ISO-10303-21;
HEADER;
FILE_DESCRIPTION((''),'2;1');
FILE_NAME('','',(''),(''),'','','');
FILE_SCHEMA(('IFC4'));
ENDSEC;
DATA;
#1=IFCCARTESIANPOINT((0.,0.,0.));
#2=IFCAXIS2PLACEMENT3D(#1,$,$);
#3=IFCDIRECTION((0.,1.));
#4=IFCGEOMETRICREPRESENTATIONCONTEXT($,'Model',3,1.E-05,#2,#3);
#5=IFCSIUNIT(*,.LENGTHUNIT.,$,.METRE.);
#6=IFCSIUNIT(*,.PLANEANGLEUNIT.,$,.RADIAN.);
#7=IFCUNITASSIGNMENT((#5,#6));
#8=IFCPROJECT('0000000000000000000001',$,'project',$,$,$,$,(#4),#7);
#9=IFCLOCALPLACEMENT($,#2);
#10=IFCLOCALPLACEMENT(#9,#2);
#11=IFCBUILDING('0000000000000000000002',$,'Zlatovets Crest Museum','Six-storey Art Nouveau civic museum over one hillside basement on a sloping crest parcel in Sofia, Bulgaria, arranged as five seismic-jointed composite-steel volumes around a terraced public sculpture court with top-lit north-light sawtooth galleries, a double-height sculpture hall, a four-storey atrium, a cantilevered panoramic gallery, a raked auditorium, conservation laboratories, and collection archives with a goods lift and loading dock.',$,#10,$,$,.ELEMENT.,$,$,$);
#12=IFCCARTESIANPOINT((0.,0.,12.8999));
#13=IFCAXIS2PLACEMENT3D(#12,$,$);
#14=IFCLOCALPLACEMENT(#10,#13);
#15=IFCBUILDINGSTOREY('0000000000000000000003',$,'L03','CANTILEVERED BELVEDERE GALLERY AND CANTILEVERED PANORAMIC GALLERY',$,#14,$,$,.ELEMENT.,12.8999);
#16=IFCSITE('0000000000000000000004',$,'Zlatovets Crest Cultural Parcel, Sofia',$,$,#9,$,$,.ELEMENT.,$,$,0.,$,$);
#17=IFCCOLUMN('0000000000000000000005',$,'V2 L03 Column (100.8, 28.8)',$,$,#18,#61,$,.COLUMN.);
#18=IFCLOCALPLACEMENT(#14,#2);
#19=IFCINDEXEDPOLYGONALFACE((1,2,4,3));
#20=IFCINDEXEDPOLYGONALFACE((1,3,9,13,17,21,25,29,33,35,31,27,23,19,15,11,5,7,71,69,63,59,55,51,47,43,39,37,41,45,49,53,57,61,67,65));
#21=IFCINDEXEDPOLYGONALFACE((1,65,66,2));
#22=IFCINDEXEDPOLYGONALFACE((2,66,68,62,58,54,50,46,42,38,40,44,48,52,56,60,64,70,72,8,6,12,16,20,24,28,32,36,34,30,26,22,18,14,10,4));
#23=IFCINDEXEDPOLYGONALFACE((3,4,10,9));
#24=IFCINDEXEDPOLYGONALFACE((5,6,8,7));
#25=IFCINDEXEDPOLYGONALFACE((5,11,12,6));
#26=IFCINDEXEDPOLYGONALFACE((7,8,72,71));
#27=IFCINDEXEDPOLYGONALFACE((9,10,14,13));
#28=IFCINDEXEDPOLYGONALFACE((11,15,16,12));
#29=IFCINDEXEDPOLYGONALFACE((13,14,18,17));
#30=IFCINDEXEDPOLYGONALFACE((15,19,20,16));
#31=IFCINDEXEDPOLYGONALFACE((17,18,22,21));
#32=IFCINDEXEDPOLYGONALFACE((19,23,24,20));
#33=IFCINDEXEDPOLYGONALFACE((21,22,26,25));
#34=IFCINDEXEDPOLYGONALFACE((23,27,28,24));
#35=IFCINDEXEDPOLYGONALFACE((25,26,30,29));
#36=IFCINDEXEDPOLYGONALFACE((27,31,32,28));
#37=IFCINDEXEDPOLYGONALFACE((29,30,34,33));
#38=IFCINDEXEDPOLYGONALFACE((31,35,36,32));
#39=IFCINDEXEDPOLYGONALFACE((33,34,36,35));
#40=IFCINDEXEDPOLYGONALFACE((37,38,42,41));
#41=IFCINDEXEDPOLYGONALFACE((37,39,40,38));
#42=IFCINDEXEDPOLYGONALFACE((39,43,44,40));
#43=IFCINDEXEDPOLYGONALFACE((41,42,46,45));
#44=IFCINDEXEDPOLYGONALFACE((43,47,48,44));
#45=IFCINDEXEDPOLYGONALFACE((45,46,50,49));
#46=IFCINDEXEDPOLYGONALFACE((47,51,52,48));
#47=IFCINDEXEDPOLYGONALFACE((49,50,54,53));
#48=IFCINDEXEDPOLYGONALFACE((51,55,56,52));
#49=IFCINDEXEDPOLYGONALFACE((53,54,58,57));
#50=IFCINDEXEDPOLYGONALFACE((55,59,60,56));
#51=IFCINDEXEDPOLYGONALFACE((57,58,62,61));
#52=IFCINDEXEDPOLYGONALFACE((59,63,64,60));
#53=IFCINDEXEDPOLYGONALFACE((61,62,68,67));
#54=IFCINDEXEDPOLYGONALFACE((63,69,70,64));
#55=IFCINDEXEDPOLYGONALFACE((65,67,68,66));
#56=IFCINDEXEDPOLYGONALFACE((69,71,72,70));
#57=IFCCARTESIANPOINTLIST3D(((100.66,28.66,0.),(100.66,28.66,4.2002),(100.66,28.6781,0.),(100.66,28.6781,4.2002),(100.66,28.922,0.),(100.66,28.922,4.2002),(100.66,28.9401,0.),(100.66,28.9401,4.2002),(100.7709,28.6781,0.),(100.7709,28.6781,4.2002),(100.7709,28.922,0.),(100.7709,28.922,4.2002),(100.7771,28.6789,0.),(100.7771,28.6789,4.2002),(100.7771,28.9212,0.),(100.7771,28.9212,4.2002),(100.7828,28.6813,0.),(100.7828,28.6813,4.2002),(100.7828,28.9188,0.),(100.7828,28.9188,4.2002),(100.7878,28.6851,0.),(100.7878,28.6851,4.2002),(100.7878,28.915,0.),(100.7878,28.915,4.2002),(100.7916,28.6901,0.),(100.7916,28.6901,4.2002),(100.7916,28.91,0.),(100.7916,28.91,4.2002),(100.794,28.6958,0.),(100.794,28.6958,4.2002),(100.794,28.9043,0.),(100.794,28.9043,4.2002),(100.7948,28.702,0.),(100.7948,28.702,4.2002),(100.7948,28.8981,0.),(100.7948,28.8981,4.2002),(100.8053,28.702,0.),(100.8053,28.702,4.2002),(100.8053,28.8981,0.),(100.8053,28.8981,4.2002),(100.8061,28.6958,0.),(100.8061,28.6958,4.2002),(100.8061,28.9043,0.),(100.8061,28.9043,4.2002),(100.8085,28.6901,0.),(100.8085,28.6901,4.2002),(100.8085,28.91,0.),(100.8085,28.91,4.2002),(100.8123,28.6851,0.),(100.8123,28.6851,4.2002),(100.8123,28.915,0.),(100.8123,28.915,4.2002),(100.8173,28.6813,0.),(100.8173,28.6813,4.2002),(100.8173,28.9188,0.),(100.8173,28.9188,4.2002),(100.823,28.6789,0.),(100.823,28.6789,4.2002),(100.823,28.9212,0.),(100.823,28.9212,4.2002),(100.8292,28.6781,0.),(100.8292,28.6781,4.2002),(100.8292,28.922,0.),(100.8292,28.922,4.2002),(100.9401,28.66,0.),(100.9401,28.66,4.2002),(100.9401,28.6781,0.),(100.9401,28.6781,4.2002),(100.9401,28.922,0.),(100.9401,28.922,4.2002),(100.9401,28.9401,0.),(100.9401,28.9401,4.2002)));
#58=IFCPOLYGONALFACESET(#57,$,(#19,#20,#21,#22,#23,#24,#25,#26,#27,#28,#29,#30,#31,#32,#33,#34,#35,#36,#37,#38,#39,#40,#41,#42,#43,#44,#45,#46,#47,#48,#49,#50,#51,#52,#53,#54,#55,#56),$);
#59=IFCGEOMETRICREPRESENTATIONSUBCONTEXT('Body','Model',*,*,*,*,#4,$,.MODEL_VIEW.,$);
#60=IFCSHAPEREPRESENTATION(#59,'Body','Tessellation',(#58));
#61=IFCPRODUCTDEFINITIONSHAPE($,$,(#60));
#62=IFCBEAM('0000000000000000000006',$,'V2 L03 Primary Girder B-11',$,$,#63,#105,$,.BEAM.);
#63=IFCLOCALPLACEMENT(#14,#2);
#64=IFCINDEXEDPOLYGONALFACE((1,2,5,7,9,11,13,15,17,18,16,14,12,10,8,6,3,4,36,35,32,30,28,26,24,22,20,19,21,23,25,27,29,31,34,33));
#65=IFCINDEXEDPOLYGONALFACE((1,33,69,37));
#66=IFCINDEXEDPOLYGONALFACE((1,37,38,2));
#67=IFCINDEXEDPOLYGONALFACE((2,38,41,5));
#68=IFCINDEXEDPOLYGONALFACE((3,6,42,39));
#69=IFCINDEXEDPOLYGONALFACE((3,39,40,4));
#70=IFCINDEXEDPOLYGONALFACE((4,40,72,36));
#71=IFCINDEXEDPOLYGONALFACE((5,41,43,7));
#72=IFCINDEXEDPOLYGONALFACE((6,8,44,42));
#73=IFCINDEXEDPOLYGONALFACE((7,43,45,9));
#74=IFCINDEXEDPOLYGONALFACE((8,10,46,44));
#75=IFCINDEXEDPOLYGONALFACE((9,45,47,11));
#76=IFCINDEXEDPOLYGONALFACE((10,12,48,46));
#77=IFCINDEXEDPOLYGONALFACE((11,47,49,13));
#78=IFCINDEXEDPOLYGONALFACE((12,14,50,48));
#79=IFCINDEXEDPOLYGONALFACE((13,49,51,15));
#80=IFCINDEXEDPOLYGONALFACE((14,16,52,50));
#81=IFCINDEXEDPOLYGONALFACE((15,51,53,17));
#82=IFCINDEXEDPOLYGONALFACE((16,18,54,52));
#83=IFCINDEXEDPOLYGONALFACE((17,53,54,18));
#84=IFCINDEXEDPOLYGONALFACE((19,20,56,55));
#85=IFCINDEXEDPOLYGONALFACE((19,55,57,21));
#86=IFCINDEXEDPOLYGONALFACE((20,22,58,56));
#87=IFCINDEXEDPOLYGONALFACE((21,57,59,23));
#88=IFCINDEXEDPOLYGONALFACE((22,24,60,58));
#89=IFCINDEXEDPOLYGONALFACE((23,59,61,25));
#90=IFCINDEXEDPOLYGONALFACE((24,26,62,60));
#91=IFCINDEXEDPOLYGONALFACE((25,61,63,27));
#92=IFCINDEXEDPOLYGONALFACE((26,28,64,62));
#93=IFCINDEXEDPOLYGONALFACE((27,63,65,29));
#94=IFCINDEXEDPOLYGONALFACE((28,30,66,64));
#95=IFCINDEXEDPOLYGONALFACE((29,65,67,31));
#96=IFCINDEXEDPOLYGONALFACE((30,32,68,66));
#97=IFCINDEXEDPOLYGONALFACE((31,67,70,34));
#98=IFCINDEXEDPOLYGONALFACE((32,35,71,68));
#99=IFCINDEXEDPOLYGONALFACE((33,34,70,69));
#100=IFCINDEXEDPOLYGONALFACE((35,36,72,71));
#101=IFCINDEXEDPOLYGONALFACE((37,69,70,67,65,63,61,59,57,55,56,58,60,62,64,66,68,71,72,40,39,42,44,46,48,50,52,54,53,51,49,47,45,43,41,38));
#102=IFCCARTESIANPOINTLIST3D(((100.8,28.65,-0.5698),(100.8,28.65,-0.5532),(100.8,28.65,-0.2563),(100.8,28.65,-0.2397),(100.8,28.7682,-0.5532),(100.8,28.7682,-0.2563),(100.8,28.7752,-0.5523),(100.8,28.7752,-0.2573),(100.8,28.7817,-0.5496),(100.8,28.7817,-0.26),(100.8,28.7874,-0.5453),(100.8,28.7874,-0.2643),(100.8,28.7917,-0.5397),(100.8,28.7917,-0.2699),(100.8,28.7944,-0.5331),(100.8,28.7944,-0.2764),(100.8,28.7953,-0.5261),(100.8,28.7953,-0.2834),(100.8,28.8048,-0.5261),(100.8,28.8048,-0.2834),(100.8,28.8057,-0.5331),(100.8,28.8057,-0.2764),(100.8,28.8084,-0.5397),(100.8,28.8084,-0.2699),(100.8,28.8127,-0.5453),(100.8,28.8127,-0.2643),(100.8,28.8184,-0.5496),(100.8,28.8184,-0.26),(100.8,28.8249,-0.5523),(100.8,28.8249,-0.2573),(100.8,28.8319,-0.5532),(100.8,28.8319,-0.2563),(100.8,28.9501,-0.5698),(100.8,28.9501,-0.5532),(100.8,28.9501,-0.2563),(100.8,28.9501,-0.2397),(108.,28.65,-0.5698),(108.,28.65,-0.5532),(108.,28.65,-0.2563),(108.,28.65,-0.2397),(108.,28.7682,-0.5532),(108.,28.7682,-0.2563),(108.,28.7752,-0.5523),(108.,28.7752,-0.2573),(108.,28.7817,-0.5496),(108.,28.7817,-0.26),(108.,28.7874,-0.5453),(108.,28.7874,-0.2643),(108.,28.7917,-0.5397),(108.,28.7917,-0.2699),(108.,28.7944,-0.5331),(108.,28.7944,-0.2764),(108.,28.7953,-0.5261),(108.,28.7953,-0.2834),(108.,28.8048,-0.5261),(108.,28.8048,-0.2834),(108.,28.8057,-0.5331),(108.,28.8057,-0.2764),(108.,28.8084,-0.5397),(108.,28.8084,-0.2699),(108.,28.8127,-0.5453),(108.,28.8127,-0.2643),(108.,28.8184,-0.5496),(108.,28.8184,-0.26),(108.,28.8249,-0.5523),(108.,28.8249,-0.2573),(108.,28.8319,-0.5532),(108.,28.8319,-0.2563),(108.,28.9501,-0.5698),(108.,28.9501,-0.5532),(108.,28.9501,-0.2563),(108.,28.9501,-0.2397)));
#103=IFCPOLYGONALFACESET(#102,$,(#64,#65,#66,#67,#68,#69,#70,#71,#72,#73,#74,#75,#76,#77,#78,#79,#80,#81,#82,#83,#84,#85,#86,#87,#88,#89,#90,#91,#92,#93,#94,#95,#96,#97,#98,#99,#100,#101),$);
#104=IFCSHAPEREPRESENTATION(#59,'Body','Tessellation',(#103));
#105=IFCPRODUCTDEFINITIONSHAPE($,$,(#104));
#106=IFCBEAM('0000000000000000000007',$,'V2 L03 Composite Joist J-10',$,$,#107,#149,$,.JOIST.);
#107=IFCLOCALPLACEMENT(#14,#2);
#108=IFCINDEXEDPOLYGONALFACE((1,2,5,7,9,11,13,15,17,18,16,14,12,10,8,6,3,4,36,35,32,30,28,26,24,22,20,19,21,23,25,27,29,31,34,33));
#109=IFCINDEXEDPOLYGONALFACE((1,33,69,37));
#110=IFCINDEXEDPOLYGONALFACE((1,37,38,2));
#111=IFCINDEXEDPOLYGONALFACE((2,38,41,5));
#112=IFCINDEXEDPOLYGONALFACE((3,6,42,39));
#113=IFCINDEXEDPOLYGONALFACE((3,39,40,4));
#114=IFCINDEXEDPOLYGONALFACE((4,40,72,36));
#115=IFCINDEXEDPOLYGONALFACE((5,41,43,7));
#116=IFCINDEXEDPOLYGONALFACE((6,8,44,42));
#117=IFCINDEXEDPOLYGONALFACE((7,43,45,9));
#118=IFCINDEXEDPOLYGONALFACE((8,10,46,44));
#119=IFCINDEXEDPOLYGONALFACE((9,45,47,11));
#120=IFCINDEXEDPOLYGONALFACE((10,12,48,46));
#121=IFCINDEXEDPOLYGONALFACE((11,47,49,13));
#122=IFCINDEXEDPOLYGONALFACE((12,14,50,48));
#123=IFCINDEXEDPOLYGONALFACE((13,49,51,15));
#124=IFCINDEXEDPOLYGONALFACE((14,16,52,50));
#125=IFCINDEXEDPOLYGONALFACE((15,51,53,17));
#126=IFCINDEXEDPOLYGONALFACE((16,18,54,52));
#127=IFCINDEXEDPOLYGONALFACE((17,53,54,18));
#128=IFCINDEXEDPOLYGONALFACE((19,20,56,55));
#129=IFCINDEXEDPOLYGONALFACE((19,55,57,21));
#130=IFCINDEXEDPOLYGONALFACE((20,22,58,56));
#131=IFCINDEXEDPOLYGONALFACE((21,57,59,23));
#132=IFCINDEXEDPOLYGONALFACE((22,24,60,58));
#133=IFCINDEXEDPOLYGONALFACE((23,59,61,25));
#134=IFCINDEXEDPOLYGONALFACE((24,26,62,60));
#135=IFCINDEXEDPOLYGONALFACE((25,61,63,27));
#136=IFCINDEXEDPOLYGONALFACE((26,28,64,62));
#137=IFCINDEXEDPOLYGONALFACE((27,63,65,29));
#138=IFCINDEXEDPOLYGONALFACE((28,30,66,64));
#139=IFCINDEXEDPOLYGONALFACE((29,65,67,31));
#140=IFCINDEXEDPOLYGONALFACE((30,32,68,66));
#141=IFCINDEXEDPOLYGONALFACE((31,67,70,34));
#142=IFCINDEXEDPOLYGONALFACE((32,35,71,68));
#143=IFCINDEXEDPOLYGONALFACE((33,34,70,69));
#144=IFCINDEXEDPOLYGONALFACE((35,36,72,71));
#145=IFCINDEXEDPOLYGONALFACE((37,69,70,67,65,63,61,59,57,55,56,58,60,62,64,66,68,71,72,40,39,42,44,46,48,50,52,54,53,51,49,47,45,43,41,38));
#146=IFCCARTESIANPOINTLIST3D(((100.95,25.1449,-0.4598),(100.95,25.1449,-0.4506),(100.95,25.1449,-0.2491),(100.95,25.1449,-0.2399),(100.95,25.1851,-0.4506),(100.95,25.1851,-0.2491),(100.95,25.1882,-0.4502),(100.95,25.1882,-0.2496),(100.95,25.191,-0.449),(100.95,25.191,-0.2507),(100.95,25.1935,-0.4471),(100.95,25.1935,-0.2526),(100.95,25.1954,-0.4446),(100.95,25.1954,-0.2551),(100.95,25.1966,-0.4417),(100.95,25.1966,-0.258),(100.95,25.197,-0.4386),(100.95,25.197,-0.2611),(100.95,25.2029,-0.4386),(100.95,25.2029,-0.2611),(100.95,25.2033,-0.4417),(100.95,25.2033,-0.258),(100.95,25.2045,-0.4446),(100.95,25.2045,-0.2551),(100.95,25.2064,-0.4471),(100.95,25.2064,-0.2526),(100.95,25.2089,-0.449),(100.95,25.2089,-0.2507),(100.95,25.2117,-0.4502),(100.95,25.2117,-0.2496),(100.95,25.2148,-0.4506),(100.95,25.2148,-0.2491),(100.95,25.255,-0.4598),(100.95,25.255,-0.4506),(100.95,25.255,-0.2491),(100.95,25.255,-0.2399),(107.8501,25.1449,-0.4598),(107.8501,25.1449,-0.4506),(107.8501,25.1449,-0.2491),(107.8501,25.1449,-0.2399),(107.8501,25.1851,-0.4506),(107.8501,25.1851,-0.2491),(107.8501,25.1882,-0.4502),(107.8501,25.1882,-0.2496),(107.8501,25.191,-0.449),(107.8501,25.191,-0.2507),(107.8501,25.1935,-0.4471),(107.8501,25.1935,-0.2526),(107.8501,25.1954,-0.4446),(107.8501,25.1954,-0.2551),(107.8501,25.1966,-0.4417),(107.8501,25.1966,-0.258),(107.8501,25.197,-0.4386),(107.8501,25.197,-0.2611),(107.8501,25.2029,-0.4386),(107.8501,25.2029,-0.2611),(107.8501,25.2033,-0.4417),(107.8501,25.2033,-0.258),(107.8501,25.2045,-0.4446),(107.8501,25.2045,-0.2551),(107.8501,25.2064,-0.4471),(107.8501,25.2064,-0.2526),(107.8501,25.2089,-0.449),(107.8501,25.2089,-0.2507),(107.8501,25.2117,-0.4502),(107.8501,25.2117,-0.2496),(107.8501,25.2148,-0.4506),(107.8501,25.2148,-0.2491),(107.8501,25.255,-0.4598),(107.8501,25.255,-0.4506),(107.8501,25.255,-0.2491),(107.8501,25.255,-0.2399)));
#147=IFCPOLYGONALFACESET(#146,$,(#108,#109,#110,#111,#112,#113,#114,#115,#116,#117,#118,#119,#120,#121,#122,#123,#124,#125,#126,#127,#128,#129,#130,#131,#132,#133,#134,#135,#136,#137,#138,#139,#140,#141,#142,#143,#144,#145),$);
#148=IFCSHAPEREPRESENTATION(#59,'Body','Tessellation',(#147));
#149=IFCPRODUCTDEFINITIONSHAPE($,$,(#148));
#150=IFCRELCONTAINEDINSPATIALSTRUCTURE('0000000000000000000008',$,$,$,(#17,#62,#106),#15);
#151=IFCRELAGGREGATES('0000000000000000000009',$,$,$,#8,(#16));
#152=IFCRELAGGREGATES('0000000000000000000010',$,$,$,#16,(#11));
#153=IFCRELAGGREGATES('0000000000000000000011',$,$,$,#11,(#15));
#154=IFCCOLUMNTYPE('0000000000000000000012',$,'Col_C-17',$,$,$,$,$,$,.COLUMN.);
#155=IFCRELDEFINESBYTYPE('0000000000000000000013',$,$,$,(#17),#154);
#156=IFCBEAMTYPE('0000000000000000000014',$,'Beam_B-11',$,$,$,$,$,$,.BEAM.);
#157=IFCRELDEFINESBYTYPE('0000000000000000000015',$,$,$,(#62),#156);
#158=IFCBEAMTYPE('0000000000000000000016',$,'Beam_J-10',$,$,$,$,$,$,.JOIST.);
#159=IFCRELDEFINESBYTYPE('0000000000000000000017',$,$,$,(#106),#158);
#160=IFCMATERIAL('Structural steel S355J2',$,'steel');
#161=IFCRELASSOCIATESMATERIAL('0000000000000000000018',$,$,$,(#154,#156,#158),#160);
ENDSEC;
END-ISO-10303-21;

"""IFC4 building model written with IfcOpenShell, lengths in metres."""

from ifc_helpers import new_model, si_unit, direction, frame, origin, origin_2d, place, context, subcontext, project, spatial, i_section, extrude, material, material_profile, profile_set, type_object, element, save


model = new_model("IFC4")

# Units and contexts
model_context = context("Model", 3, precision=1e-05, world=origin(), true_north=direction((0.0, 1.0)))
body_context = subcontext(model_context, "Body", "Model", "MODEL_VIEW")
ifc_project = project(units=[si_unit("LENGTHUNIT", "METRE"), si_unit("PLANEANGLEUNIT", "RADIAN")], contexts=[model_context])

# Site, building, storey
site_placement = place(None, origin())
site = spatial("IfcSite", under=ifc_project, at=site_placement, Name="Zlatovets Crest Cultural Parcel, Sofia", CompositionType="ELEMENT", RefElevation=0.0)
building_placement = place(site_placement, origin())
building = spatial("IfcBuilding", under=site, at=building_placement, Name="Zlatovets Crest Museum", Description="Six-storey Art Nouveau civic museum over one hillside basement on a sloping crest parcel in Sofia, Bulgaria, arranged as five seismic-jointed composite-steel volumes around a terraced public sculpture court with top-lit north-light sawtooth galleries, a double-height sculpture hall, a four-storey atrium, a cantilevered panoramic gallery, a raked auditorium, conservation laboratories, and collection archives with a goods lift and loading dock.", CompositionType="ELEMENT")
storey_placement = place(building_placement, frame((0.0, 0.0, 12.8999)))
storey = spatial("IfcBuildingStorey", under=building, at=storey_placement, Name="L03", Description="CANTILEVERED BELVEDERE GALLERY AND CANTILEVERED PANORAMIC GALLERY", CompositionType="ELEMENT", Elevation=12.8999)

# Column
ifc_material_1 = material(Name="Structural steel S355J2", Category="steel")
ifc_material_profile_1 = material_profile(ifc_material_1, i_section(OverallWidth=0.28, OverallDepth=0.28, WebThickness=0.0105, FlangeThickness=0.0181, FilletRadius=0.0239, at=origin_2d()), Name="HEB 280")
ifc_profile_set_1 = profile_set([ifc_material_profile_1], Name="Structural steel S355J2")
column_type = type_object("IfcColumnType", Name="Col_C-17", PredefinedType="COLUMN", material=ifc_profile_set_1)
column_placement = place(storey_placement, frame((100.8, 28.8, 0.0), z_axis=(0.0, 0.0, 1.0), x_axis=(1.0, 0.0, 0.0)))
element("IfcColumn", 1, at=column_placement, inside=storey, type_object=column_type, Name="V2 L03 Column (100.8, 28.8)", PredefinedType="COLUMN", context=body_context, shape_type="SweptSolid", body=[
    extrude(i_section(OverallWidth=0.28, OverallDepth=0.28, WebThickness=0.0105, FlangeThickness=0.0181, FilletRadius=0.0239, at=origin_2d()), origin(), (0.0, 0.0, 1.0), 4.2002),
])

# Beams
ifc_material_profile_2 = material_profile(ifc_material_1, i_section(OverallWidth=0.3, OverallDepth=0.3301, WebThickness=0.0095, FlangeThickness=0.0166, FilletRadius=0.0271, at=origin_2d()), Name="HEA 340")
ifc_profile_set_2 = profile_set([ifc_material_profile_2], Name="Structural steel S355J2")
beam_type_1 = type_object("IfcBeamType", Name="Beam_B-11", PredefinedType="BEAM", material=ifc_profile_set_2)
beam_1_placement = place(storey_placement, frame((100.8, 28.8, -0.4048), z_axis=(1.0, 0.0, 0.0), x_axis=(0.0, 1.0, 0.0)))
element("IfcBeam", 2, at=beam_1_placement, inside=storey, type_object=beam_type_1, Name="V2 L03 Primary Girder B-11", PredefinedType="BEAM", context=body_context, shape_type="SweptSolid", body=[
    extrude(i_section(OverallWidth=0.3, OverallDepth=0.3301, WebThickness=0.0095, FlangeThickness=0.0166, FilletRadius=0.0271, at=origin_2d()), origin(), (0.0, 0.0, 1.0), 7.2),
])
ifc_material_profile_3 = material_profile(ifc_material_1, i_section(OverallWidth=0.1101, OverallDepth=0.22, WebThickness=0.0059, FlangeThickness=0.0093, FilletRadius=0.012, at=origin_2d()), Name="IPE 220")
ifc_profile_set_3 = profile_set([ifc_material_profile_3], Name="Structural steel S355J2")
beam_type_2 = type_object("IfcBeamType", Name="Beam_J-10", PredefinedType="JOIST", material=ifc_profile_set_3)
beam_2_placement = place(storey_placement, frame((100.95, 25.2, -0.3499), z_axis=(1.0, 0.0, 0.0), x_axis=(0.0, 1.0, 0.0)))
element("IfcBeam", 3, at=beam_2_placement, inside=storey, type_object=beam_type_2, Name="V2 L03 Composite Joist J-10", PredefinedType="JOIST", context=body_context, shape_type="SweptSolid", body=[
    extrude(i_section(OverallWidth=0.1101, OverallDepth=0.22, WebThickness=0.0059, FlangeThickness=0.0093, FilletRadius=0.012, at=origin_2d()), origin(), (0.0, 0.0, 1.0), 6.9001),
])

save(model, "model.ifc")
